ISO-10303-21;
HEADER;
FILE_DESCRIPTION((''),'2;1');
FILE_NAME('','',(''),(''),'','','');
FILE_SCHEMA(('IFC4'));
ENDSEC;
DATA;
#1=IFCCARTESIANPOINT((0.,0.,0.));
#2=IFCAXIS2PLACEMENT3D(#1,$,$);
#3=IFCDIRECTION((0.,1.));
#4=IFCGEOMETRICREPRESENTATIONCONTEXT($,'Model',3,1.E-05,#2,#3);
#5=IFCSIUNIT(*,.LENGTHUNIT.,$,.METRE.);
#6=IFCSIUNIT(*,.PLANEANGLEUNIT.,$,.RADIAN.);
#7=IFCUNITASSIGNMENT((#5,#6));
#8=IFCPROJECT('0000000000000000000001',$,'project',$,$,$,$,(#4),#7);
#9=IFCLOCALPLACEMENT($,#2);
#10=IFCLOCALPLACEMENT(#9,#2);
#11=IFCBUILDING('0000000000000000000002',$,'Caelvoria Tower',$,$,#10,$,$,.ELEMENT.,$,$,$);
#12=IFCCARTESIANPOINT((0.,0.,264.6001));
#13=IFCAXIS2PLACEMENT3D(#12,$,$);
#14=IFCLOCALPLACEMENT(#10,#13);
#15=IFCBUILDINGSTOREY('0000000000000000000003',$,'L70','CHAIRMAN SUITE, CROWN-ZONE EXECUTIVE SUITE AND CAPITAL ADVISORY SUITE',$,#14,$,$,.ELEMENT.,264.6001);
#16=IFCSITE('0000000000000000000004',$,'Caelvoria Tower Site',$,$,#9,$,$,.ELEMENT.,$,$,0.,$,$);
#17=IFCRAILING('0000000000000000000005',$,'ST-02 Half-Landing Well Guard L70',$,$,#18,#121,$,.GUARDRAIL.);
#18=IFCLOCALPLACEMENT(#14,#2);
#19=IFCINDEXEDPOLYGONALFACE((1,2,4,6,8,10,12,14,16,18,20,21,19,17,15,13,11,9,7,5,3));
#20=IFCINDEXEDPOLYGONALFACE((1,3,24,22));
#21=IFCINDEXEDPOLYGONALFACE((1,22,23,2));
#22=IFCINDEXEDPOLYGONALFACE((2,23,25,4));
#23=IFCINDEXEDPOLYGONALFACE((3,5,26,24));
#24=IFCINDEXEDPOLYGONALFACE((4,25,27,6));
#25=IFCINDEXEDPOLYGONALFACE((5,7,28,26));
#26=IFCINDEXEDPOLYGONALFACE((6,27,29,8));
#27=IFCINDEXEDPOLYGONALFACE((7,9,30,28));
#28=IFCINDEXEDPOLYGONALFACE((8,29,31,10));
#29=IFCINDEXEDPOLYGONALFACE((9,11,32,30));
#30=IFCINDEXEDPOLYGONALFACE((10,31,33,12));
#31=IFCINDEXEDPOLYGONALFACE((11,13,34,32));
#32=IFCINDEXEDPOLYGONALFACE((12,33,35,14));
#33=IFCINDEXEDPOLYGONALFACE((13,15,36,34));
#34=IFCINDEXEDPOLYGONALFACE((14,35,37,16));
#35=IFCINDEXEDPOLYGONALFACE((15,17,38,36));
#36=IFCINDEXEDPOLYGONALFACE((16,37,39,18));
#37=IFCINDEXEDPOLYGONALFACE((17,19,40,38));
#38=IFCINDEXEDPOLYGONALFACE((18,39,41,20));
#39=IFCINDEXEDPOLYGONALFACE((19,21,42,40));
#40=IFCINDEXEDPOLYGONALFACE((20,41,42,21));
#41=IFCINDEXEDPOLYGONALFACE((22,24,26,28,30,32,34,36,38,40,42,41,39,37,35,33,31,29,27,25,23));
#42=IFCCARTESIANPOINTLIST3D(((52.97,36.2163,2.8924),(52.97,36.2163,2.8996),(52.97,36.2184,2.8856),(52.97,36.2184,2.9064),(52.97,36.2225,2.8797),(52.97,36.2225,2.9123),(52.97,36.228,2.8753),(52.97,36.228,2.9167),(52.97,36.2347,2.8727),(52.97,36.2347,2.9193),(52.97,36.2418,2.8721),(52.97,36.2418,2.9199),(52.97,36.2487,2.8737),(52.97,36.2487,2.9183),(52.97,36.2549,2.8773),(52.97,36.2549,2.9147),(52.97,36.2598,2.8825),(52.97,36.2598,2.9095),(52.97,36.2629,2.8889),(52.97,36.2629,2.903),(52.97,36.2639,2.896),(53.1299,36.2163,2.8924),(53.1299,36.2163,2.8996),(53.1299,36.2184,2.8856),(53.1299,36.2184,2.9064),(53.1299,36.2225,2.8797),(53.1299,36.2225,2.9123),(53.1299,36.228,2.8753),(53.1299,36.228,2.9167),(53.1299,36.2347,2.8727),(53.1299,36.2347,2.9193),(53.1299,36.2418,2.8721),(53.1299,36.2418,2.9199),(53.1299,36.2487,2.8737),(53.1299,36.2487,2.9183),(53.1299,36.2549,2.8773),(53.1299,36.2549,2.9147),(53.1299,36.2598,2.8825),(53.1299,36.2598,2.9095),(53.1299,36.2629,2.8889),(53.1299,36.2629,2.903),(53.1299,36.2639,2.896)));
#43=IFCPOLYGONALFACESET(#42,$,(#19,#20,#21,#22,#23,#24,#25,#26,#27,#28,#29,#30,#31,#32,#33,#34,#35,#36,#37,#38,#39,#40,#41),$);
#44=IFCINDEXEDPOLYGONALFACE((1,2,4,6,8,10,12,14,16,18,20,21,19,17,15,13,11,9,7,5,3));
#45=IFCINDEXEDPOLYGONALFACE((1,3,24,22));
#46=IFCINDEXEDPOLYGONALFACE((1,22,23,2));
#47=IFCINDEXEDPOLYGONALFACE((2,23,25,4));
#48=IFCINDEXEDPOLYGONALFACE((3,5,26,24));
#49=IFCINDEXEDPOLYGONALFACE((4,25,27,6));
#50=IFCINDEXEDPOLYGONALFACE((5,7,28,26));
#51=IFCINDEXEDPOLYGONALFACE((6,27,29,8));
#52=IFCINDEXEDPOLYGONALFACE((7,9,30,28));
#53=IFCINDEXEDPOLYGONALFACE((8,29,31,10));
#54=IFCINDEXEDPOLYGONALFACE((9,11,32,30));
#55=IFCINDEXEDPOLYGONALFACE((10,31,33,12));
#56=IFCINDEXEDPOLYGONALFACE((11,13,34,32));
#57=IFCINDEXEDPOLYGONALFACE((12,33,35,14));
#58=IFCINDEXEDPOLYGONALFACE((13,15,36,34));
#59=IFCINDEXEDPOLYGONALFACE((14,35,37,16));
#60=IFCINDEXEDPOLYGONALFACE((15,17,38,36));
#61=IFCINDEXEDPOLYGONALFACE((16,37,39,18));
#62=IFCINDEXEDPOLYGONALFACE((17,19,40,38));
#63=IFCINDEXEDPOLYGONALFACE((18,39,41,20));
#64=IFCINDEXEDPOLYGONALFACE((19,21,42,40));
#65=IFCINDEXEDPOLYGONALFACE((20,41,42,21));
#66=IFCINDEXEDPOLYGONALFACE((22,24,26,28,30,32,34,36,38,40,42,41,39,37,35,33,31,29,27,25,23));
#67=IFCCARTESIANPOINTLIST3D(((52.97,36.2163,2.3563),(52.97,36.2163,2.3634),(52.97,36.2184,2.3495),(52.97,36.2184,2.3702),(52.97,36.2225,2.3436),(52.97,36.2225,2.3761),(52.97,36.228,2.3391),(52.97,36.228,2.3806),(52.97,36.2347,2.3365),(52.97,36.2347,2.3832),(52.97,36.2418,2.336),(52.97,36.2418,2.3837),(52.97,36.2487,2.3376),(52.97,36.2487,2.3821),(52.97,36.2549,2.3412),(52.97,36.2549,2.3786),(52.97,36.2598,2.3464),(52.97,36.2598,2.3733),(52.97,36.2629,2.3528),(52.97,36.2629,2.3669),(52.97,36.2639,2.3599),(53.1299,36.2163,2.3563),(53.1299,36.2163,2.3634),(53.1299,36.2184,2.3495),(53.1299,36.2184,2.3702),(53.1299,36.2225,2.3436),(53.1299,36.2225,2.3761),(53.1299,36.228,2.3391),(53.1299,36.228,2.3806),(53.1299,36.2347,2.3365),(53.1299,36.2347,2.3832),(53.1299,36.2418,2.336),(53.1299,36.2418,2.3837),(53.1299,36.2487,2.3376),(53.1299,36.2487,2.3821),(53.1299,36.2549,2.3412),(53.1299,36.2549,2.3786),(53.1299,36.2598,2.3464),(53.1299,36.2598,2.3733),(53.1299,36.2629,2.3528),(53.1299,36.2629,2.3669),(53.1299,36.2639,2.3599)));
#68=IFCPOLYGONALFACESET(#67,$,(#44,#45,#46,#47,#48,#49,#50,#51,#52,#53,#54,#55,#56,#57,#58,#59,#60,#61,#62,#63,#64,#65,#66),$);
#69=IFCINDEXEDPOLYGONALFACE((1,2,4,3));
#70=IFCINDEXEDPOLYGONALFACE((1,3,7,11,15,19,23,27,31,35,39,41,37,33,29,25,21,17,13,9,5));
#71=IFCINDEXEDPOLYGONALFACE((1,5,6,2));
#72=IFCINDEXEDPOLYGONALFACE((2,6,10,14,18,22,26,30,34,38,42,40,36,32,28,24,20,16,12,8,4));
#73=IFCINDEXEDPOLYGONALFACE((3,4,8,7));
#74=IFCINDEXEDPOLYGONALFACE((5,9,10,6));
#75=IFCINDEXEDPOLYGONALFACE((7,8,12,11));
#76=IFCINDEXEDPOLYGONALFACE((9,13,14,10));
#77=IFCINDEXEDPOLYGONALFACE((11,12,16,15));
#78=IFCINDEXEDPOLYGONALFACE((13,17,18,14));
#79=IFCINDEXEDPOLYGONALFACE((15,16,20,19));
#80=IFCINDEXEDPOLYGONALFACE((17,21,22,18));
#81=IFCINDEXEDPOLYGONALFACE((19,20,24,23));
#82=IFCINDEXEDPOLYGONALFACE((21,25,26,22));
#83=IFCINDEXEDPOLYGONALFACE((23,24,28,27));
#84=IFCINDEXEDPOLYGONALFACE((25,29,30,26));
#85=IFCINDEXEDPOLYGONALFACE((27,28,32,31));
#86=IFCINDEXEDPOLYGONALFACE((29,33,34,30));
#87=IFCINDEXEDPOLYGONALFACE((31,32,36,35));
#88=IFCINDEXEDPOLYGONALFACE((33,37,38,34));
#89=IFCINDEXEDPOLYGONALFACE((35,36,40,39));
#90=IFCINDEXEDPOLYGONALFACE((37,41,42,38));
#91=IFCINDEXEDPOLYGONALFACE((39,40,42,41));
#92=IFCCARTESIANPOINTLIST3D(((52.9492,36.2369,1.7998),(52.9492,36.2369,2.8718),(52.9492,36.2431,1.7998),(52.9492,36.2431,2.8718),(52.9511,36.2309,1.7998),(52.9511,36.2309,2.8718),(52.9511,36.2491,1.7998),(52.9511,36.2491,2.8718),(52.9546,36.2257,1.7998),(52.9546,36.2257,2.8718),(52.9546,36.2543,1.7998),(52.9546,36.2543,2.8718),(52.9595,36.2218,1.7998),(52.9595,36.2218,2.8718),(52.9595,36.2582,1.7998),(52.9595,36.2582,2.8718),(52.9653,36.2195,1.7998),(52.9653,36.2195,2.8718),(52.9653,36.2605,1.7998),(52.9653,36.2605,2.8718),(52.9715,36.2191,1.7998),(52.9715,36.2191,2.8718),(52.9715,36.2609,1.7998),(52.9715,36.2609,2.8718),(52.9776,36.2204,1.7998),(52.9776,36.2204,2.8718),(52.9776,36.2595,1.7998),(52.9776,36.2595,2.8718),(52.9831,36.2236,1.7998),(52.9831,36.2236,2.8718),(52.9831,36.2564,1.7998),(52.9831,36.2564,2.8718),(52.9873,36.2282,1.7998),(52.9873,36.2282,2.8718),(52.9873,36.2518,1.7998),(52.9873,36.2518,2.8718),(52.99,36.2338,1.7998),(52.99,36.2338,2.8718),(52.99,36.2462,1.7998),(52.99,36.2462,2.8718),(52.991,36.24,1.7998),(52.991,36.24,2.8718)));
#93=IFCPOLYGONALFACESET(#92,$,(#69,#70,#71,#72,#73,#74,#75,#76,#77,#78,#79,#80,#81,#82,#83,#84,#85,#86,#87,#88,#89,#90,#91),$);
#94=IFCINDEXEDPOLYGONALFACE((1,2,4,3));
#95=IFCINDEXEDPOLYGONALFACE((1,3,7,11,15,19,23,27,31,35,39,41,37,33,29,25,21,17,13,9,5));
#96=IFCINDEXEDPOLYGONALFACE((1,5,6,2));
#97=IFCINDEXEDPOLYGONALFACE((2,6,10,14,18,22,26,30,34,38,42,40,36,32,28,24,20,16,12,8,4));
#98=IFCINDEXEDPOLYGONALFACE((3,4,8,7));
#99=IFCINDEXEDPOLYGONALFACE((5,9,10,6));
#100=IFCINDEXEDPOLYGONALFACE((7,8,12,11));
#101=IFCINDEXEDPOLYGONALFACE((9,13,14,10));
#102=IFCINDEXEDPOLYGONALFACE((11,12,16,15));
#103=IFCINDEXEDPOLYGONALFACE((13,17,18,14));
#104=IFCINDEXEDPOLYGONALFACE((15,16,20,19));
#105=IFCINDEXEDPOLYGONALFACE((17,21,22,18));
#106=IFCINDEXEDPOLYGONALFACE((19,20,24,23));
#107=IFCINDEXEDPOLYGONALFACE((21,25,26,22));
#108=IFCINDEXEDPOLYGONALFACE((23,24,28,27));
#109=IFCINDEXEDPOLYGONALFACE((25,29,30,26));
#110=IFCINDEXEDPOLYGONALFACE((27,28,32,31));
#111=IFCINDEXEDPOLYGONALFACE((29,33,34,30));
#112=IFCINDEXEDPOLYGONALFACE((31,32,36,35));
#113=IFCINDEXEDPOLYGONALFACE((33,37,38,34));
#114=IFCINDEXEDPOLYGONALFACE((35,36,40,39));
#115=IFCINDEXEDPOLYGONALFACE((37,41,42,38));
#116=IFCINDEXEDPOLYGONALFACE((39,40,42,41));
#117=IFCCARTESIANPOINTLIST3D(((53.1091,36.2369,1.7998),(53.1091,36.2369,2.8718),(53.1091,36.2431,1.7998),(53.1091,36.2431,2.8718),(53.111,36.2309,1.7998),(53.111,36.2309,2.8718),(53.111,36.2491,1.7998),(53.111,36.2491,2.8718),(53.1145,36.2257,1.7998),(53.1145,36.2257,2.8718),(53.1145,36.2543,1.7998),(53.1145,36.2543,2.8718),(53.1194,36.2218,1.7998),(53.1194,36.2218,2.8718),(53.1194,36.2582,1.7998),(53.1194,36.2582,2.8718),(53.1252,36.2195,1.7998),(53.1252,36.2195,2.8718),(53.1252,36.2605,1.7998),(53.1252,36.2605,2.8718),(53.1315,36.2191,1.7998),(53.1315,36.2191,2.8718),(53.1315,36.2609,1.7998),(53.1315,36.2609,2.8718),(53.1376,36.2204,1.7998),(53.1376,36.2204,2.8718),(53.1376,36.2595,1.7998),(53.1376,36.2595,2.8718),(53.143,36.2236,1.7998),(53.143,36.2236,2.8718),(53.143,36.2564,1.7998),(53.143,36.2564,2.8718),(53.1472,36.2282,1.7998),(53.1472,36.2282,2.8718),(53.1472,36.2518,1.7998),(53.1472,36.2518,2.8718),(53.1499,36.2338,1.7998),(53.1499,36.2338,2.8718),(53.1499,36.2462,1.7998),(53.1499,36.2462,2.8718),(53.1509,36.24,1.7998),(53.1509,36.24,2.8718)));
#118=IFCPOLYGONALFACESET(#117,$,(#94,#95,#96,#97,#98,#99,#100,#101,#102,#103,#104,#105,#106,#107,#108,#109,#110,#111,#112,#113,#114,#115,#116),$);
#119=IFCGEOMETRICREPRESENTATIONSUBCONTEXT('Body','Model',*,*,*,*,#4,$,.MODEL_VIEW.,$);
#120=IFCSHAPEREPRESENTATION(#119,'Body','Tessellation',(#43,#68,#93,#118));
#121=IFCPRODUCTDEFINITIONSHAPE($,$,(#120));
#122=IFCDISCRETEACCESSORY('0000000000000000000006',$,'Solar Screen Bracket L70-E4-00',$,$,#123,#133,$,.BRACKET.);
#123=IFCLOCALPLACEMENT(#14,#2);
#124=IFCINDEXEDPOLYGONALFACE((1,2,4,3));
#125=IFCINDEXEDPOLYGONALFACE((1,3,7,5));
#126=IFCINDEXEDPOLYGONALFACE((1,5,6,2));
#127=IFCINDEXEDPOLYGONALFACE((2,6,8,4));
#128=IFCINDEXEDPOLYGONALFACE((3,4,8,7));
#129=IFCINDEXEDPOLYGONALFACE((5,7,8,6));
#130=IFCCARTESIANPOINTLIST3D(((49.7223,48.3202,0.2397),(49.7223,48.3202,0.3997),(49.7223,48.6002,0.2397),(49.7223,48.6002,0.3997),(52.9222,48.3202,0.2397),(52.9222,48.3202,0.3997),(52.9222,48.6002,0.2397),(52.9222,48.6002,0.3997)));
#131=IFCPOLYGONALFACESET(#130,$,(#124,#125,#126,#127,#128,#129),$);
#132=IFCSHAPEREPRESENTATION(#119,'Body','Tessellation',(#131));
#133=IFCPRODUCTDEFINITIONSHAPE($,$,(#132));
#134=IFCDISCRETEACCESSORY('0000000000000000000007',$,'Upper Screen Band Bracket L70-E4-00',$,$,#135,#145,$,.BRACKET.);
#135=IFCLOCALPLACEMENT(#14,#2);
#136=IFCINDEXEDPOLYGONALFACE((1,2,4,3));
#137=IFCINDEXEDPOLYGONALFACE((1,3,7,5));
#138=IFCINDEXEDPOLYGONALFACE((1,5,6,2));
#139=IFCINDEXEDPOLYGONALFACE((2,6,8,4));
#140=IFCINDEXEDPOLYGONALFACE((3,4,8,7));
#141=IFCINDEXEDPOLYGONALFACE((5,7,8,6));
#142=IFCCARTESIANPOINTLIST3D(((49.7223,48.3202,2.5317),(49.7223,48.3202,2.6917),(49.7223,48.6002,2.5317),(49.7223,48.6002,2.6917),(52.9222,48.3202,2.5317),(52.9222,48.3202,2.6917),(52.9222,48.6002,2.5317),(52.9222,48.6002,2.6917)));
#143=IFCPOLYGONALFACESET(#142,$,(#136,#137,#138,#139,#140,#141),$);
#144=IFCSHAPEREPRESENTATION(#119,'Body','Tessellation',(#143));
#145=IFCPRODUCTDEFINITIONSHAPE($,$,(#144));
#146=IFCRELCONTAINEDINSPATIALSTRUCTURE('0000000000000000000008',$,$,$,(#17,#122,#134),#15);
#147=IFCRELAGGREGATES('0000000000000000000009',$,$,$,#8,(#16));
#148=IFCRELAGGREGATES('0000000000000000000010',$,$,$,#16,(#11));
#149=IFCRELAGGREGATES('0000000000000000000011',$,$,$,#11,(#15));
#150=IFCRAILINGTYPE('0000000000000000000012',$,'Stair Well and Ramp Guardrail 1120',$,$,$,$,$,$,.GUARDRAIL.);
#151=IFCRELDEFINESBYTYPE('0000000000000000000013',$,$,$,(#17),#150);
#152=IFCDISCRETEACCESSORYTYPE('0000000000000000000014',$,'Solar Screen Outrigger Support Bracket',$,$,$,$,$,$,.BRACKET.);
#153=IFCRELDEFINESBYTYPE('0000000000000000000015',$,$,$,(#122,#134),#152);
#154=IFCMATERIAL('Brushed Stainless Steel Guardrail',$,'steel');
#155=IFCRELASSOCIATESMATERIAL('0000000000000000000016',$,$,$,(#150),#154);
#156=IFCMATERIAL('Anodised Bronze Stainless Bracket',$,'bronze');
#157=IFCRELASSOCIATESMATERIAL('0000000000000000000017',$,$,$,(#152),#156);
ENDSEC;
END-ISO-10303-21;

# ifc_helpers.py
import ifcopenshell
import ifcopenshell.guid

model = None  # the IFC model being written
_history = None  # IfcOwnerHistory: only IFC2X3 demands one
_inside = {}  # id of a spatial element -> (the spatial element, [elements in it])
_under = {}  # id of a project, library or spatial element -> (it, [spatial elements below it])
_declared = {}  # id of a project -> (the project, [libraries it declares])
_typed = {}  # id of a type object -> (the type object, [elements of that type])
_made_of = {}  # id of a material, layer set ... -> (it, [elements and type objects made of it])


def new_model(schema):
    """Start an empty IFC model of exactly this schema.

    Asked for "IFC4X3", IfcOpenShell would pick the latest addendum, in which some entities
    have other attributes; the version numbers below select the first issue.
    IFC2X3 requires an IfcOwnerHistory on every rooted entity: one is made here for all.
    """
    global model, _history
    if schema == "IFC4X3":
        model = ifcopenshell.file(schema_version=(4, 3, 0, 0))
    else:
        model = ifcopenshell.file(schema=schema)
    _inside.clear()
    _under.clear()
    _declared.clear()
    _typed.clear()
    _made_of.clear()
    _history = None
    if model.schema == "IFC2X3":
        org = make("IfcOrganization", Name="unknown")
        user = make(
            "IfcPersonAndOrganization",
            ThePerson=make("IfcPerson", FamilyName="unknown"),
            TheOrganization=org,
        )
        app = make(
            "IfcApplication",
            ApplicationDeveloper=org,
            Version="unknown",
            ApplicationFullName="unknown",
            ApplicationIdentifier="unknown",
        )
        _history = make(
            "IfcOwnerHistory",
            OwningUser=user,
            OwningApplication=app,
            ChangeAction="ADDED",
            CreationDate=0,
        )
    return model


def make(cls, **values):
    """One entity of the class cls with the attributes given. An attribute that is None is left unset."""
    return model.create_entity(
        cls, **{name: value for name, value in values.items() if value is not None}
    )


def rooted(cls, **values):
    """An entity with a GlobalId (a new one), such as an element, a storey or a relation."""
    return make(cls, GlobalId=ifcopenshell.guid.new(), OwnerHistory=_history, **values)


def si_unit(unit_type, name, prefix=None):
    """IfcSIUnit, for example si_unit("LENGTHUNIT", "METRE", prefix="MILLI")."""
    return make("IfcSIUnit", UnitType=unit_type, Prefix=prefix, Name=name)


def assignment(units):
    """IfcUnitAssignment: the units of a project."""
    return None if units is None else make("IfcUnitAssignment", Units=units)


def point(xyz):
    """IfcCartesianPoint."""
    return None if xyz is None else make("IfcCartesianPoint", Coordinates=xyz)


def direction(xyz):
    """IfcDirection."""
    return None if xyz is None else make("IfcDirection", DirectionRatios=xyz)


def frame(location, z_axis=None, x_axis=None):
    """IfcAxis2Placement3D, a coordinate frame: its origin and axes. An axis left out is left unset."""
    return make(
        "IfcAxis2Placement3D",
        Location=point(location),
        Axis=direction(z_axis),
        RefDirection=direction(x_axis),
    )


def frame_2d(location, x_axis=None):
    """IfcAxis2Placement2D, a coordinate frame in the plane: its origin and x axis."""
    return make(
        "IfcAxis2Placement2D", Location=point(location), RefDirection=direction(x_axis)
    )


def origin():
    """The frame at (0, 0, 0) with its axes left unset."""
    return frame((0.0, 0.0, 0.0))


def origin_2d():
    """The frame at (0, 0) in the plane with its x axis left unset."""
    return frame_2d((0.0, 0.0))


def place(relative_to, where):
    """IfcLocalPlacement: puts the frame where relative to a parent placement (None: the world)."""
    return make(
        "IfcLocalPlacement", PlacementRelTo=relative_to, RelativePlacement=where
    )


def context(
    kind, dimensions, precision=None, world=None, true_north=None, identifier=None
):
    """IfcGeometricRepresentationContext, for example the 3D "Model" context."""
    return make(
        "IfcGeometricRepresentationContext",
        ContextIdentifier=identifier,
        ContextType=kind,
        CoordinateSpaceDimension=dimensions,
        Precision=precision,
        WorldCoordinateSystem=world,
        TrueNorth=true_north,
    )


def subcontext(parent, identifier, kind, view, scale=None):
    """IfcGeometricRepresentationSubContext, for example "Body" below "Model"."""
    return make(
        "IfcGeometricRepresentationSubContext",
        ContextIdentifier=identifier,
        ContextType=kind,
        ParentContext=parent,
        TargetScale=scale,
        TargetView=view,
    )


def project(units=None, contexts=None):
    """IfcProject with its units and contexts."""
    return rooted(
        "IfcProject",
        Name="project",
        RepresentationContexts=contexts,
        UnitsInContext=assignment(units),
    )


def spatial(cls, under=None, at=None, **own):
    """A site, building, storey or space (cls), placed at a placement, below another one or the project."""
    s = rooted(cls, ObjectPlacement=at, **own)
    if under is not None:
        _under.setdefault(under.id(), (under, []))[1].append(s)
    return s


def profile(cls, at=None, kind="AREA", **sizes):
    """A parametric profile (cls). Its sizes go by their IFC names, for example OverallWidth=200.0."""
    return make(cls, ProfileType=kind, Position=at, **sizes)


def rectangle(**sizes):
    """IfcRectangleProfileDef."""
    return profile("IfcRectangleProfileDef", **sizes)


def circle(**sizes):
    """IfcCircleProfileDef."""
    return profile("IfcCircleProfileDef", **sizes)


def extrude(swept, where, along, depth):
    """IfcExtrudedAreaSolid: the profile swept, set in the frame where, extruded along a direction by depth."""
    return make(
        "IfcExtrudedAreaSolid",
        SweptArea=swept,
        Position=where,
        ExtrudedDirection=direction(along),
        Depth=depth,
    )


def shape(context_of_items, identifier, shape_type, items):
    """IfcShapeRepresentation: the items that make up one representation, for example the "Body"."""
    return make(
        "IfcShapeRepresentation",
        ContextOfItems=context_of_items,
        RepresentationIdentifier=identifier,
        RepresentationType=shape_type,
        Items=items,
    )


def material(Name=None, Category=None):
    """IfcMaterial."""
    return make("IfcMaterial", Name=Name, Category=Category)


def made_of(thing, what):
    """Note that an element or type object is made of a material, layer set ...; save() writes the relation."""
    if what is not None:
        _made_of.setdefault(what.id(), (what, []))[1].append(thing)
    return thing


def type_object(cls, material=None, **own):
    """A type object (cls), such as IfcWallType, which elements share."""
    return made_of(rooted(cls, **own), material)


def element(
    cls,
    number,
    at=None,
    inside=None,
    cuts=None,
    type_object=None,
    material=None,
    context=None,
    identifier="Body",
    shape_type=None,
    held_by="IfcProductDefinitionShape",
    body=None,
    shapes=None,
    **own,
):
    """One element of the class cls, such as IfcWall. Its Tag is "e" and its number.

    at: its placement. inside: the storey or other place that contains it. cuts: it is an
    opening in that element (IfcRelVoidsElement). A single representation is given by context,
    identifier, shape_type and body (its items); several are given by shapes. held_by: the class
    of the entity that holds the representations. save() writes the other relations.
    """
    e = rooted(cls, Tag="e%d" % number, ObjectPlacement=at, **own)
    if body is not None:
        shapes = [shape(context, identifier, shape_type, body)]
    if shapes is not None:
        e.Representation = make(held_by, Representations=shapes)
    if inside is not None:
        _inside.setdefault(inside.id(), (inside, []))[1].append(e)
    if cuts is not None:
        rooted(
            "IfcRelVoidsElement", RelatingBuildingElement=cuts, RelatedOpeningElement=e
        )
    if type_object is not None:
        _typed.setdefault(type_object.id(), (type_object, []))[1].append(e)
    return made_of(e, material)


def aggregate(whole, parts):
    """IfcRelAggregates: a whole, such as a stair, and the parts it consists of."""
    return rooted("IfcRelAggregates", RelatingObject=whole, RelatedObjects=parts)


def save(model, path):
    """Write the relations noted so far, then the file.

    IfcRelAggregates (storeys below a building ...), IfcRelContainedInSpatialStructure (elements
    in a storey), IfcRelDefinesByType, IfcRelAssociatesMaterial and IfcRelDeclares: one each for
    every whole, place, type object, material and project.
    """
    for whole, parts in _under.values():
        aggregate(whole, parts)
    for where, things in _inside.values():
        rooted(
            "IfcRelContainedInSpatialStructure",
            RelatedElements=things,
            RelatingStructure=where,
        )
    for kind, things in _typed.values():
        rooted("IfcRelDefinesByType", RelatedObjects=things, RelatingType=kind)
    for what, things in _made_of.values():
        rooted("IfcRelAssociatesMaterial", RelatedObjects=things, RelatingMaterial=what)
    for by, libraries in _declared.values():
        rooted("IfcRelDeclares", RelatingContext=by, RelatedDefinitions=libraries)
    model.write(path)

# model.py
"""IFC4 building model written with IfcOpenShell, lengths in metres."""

from ifc_helpers import new_model, si_unit, direction, frame, origin, origin_2d, place, context, subcontext, project, spatial, rectangle, circle, extrude, material, type_object, element, save


model = new_model("IFC4")

# Units and contexts
model_context = context("Model", 3, precision=1e-05, world=origin(), true_north=direction((0.0, 1.0)))
body_context = subcontext(model_context, "Body", "Model", "MODEL_VIEW")
ifc_project = project(units=[si_unit("LENGTHUNIT", "METRE"), si_unit("PLANEANGLEUNIT", "RADIAN")], contexts=[model_context])

# Site, building, storey
site_placement = place(None, origin())
site = spatial("IfcSite", under=ifc_project, at=site_placement, Name="Caelvoria Tower Site", CompositionType="ELEMENT", RefElevation=0.0)
building_placement = place(site_placement, origin())
building = spatial("IfcBuilding", under=site, at=building_placement, Name="Caelvoria Tower", CompositionType="ELEMENT")
storey_placement = place(building_placement, frame((0.0, 0.0, 264.6001)))
storey = spatial("IfcBuildingStorey", under=building, at=storey_placement, Name="L70", Description="CHAIRMAN SUITE, CROWN-ZONE EXECUTIVE SUITE AND CAPITAL ADVISORY SUITE", CompositionType="ELEMENT", Elevation=264.6001)

# Railing
ifc_material_1 = material(Name="Brushed Stainless Steel Guardrail", Category="steel")
railing_type_1 = type_object("IfcRailingType", Name="Stair Well and Ramp Guardrail 1120", PredefinedType="GUARDRAIL", material=ifc_material_1)
railing_1_placement = place(storey_placement, frame((52.97, 36.24, 1.7998)))
element("IfcRailing", 1, at=railing_1_placement, inside=storey, type_object=railing_type_1, Name="ST-02 Half-Landing Well Guard L70", PredefinedType="GUARDRAIL", context=body_context, shape_type="SweptSolid", body=[
    extrude(circle(Radius=0.0239, at=origin_2d()), frame((0.0, 0.0, 1.0962), z_axis=(1.0, 0.0, 0.0), x_axis=(0.0, 1.0, 0.0)), (0.0, 0.0, 1.0), 0.1599),
    extrude(circle(Radius=0.0239, at=origin_2d()), frame((0.0, 0.0, 0.5601), z_axis=(1.0, 0.0, 0.0), x_axis=(0.0, 1.0, 0.0)), (0.0, 0.0, 1.0), 0.1599),
    extrude(circle(Radius=0.021, at=origin_2d()), origin(), (0.0, 0.0, 1.0), 1.072),
    extrude(circle(Radius=0.021, at=origin_2d()), frame((0.1599, 0.0, 0.0)), (0.0, 0.0, 1.0), 1.072),
])

# Discrete accessories
ifc_material_2 = material(Name="Anodised Bronze Stainless Bracket", Category="bronze")
discrete_accessory_type = type_object("IfcDiscreteAccessoryType", Name="Solar Screen Outrigger Support Bracket", PredefinedType="BRACKET", material=ifc_material_2)
for number, where, z_axis, x_axis, name in (
    (2, (51.3223, 48.4602, 0.2397), (0.0, 0.0, 1.0), (-1.0, 0.0, 0.0), "Solar Screen Bracket L70-E4-00"),
    (3, (51.3223, 48.4602, 2.5317), (0.0, 0.0, 1.0), (-1.0, 0.0, 0.0), "Upper Screen Band Bracket L70-E4-00"),
):
    element("IfcDiscreteAccessory", number, at=place(storey_placement, frame(where, z_axis=z_axis, x_axis=x_axis)), inside=storey, type_object=discrete_accessory_type, Name=name, PredefinedType="BRACKET", context=body_context, shape_type="SweptSolid", body=[
        extrude(rectangle(XDim=3.2, YDim=0.28, at=origin_2d()), origin(), (0.0, 0.0, 1.0), 0.1599),
    ])

save(model, "model.ifc")
